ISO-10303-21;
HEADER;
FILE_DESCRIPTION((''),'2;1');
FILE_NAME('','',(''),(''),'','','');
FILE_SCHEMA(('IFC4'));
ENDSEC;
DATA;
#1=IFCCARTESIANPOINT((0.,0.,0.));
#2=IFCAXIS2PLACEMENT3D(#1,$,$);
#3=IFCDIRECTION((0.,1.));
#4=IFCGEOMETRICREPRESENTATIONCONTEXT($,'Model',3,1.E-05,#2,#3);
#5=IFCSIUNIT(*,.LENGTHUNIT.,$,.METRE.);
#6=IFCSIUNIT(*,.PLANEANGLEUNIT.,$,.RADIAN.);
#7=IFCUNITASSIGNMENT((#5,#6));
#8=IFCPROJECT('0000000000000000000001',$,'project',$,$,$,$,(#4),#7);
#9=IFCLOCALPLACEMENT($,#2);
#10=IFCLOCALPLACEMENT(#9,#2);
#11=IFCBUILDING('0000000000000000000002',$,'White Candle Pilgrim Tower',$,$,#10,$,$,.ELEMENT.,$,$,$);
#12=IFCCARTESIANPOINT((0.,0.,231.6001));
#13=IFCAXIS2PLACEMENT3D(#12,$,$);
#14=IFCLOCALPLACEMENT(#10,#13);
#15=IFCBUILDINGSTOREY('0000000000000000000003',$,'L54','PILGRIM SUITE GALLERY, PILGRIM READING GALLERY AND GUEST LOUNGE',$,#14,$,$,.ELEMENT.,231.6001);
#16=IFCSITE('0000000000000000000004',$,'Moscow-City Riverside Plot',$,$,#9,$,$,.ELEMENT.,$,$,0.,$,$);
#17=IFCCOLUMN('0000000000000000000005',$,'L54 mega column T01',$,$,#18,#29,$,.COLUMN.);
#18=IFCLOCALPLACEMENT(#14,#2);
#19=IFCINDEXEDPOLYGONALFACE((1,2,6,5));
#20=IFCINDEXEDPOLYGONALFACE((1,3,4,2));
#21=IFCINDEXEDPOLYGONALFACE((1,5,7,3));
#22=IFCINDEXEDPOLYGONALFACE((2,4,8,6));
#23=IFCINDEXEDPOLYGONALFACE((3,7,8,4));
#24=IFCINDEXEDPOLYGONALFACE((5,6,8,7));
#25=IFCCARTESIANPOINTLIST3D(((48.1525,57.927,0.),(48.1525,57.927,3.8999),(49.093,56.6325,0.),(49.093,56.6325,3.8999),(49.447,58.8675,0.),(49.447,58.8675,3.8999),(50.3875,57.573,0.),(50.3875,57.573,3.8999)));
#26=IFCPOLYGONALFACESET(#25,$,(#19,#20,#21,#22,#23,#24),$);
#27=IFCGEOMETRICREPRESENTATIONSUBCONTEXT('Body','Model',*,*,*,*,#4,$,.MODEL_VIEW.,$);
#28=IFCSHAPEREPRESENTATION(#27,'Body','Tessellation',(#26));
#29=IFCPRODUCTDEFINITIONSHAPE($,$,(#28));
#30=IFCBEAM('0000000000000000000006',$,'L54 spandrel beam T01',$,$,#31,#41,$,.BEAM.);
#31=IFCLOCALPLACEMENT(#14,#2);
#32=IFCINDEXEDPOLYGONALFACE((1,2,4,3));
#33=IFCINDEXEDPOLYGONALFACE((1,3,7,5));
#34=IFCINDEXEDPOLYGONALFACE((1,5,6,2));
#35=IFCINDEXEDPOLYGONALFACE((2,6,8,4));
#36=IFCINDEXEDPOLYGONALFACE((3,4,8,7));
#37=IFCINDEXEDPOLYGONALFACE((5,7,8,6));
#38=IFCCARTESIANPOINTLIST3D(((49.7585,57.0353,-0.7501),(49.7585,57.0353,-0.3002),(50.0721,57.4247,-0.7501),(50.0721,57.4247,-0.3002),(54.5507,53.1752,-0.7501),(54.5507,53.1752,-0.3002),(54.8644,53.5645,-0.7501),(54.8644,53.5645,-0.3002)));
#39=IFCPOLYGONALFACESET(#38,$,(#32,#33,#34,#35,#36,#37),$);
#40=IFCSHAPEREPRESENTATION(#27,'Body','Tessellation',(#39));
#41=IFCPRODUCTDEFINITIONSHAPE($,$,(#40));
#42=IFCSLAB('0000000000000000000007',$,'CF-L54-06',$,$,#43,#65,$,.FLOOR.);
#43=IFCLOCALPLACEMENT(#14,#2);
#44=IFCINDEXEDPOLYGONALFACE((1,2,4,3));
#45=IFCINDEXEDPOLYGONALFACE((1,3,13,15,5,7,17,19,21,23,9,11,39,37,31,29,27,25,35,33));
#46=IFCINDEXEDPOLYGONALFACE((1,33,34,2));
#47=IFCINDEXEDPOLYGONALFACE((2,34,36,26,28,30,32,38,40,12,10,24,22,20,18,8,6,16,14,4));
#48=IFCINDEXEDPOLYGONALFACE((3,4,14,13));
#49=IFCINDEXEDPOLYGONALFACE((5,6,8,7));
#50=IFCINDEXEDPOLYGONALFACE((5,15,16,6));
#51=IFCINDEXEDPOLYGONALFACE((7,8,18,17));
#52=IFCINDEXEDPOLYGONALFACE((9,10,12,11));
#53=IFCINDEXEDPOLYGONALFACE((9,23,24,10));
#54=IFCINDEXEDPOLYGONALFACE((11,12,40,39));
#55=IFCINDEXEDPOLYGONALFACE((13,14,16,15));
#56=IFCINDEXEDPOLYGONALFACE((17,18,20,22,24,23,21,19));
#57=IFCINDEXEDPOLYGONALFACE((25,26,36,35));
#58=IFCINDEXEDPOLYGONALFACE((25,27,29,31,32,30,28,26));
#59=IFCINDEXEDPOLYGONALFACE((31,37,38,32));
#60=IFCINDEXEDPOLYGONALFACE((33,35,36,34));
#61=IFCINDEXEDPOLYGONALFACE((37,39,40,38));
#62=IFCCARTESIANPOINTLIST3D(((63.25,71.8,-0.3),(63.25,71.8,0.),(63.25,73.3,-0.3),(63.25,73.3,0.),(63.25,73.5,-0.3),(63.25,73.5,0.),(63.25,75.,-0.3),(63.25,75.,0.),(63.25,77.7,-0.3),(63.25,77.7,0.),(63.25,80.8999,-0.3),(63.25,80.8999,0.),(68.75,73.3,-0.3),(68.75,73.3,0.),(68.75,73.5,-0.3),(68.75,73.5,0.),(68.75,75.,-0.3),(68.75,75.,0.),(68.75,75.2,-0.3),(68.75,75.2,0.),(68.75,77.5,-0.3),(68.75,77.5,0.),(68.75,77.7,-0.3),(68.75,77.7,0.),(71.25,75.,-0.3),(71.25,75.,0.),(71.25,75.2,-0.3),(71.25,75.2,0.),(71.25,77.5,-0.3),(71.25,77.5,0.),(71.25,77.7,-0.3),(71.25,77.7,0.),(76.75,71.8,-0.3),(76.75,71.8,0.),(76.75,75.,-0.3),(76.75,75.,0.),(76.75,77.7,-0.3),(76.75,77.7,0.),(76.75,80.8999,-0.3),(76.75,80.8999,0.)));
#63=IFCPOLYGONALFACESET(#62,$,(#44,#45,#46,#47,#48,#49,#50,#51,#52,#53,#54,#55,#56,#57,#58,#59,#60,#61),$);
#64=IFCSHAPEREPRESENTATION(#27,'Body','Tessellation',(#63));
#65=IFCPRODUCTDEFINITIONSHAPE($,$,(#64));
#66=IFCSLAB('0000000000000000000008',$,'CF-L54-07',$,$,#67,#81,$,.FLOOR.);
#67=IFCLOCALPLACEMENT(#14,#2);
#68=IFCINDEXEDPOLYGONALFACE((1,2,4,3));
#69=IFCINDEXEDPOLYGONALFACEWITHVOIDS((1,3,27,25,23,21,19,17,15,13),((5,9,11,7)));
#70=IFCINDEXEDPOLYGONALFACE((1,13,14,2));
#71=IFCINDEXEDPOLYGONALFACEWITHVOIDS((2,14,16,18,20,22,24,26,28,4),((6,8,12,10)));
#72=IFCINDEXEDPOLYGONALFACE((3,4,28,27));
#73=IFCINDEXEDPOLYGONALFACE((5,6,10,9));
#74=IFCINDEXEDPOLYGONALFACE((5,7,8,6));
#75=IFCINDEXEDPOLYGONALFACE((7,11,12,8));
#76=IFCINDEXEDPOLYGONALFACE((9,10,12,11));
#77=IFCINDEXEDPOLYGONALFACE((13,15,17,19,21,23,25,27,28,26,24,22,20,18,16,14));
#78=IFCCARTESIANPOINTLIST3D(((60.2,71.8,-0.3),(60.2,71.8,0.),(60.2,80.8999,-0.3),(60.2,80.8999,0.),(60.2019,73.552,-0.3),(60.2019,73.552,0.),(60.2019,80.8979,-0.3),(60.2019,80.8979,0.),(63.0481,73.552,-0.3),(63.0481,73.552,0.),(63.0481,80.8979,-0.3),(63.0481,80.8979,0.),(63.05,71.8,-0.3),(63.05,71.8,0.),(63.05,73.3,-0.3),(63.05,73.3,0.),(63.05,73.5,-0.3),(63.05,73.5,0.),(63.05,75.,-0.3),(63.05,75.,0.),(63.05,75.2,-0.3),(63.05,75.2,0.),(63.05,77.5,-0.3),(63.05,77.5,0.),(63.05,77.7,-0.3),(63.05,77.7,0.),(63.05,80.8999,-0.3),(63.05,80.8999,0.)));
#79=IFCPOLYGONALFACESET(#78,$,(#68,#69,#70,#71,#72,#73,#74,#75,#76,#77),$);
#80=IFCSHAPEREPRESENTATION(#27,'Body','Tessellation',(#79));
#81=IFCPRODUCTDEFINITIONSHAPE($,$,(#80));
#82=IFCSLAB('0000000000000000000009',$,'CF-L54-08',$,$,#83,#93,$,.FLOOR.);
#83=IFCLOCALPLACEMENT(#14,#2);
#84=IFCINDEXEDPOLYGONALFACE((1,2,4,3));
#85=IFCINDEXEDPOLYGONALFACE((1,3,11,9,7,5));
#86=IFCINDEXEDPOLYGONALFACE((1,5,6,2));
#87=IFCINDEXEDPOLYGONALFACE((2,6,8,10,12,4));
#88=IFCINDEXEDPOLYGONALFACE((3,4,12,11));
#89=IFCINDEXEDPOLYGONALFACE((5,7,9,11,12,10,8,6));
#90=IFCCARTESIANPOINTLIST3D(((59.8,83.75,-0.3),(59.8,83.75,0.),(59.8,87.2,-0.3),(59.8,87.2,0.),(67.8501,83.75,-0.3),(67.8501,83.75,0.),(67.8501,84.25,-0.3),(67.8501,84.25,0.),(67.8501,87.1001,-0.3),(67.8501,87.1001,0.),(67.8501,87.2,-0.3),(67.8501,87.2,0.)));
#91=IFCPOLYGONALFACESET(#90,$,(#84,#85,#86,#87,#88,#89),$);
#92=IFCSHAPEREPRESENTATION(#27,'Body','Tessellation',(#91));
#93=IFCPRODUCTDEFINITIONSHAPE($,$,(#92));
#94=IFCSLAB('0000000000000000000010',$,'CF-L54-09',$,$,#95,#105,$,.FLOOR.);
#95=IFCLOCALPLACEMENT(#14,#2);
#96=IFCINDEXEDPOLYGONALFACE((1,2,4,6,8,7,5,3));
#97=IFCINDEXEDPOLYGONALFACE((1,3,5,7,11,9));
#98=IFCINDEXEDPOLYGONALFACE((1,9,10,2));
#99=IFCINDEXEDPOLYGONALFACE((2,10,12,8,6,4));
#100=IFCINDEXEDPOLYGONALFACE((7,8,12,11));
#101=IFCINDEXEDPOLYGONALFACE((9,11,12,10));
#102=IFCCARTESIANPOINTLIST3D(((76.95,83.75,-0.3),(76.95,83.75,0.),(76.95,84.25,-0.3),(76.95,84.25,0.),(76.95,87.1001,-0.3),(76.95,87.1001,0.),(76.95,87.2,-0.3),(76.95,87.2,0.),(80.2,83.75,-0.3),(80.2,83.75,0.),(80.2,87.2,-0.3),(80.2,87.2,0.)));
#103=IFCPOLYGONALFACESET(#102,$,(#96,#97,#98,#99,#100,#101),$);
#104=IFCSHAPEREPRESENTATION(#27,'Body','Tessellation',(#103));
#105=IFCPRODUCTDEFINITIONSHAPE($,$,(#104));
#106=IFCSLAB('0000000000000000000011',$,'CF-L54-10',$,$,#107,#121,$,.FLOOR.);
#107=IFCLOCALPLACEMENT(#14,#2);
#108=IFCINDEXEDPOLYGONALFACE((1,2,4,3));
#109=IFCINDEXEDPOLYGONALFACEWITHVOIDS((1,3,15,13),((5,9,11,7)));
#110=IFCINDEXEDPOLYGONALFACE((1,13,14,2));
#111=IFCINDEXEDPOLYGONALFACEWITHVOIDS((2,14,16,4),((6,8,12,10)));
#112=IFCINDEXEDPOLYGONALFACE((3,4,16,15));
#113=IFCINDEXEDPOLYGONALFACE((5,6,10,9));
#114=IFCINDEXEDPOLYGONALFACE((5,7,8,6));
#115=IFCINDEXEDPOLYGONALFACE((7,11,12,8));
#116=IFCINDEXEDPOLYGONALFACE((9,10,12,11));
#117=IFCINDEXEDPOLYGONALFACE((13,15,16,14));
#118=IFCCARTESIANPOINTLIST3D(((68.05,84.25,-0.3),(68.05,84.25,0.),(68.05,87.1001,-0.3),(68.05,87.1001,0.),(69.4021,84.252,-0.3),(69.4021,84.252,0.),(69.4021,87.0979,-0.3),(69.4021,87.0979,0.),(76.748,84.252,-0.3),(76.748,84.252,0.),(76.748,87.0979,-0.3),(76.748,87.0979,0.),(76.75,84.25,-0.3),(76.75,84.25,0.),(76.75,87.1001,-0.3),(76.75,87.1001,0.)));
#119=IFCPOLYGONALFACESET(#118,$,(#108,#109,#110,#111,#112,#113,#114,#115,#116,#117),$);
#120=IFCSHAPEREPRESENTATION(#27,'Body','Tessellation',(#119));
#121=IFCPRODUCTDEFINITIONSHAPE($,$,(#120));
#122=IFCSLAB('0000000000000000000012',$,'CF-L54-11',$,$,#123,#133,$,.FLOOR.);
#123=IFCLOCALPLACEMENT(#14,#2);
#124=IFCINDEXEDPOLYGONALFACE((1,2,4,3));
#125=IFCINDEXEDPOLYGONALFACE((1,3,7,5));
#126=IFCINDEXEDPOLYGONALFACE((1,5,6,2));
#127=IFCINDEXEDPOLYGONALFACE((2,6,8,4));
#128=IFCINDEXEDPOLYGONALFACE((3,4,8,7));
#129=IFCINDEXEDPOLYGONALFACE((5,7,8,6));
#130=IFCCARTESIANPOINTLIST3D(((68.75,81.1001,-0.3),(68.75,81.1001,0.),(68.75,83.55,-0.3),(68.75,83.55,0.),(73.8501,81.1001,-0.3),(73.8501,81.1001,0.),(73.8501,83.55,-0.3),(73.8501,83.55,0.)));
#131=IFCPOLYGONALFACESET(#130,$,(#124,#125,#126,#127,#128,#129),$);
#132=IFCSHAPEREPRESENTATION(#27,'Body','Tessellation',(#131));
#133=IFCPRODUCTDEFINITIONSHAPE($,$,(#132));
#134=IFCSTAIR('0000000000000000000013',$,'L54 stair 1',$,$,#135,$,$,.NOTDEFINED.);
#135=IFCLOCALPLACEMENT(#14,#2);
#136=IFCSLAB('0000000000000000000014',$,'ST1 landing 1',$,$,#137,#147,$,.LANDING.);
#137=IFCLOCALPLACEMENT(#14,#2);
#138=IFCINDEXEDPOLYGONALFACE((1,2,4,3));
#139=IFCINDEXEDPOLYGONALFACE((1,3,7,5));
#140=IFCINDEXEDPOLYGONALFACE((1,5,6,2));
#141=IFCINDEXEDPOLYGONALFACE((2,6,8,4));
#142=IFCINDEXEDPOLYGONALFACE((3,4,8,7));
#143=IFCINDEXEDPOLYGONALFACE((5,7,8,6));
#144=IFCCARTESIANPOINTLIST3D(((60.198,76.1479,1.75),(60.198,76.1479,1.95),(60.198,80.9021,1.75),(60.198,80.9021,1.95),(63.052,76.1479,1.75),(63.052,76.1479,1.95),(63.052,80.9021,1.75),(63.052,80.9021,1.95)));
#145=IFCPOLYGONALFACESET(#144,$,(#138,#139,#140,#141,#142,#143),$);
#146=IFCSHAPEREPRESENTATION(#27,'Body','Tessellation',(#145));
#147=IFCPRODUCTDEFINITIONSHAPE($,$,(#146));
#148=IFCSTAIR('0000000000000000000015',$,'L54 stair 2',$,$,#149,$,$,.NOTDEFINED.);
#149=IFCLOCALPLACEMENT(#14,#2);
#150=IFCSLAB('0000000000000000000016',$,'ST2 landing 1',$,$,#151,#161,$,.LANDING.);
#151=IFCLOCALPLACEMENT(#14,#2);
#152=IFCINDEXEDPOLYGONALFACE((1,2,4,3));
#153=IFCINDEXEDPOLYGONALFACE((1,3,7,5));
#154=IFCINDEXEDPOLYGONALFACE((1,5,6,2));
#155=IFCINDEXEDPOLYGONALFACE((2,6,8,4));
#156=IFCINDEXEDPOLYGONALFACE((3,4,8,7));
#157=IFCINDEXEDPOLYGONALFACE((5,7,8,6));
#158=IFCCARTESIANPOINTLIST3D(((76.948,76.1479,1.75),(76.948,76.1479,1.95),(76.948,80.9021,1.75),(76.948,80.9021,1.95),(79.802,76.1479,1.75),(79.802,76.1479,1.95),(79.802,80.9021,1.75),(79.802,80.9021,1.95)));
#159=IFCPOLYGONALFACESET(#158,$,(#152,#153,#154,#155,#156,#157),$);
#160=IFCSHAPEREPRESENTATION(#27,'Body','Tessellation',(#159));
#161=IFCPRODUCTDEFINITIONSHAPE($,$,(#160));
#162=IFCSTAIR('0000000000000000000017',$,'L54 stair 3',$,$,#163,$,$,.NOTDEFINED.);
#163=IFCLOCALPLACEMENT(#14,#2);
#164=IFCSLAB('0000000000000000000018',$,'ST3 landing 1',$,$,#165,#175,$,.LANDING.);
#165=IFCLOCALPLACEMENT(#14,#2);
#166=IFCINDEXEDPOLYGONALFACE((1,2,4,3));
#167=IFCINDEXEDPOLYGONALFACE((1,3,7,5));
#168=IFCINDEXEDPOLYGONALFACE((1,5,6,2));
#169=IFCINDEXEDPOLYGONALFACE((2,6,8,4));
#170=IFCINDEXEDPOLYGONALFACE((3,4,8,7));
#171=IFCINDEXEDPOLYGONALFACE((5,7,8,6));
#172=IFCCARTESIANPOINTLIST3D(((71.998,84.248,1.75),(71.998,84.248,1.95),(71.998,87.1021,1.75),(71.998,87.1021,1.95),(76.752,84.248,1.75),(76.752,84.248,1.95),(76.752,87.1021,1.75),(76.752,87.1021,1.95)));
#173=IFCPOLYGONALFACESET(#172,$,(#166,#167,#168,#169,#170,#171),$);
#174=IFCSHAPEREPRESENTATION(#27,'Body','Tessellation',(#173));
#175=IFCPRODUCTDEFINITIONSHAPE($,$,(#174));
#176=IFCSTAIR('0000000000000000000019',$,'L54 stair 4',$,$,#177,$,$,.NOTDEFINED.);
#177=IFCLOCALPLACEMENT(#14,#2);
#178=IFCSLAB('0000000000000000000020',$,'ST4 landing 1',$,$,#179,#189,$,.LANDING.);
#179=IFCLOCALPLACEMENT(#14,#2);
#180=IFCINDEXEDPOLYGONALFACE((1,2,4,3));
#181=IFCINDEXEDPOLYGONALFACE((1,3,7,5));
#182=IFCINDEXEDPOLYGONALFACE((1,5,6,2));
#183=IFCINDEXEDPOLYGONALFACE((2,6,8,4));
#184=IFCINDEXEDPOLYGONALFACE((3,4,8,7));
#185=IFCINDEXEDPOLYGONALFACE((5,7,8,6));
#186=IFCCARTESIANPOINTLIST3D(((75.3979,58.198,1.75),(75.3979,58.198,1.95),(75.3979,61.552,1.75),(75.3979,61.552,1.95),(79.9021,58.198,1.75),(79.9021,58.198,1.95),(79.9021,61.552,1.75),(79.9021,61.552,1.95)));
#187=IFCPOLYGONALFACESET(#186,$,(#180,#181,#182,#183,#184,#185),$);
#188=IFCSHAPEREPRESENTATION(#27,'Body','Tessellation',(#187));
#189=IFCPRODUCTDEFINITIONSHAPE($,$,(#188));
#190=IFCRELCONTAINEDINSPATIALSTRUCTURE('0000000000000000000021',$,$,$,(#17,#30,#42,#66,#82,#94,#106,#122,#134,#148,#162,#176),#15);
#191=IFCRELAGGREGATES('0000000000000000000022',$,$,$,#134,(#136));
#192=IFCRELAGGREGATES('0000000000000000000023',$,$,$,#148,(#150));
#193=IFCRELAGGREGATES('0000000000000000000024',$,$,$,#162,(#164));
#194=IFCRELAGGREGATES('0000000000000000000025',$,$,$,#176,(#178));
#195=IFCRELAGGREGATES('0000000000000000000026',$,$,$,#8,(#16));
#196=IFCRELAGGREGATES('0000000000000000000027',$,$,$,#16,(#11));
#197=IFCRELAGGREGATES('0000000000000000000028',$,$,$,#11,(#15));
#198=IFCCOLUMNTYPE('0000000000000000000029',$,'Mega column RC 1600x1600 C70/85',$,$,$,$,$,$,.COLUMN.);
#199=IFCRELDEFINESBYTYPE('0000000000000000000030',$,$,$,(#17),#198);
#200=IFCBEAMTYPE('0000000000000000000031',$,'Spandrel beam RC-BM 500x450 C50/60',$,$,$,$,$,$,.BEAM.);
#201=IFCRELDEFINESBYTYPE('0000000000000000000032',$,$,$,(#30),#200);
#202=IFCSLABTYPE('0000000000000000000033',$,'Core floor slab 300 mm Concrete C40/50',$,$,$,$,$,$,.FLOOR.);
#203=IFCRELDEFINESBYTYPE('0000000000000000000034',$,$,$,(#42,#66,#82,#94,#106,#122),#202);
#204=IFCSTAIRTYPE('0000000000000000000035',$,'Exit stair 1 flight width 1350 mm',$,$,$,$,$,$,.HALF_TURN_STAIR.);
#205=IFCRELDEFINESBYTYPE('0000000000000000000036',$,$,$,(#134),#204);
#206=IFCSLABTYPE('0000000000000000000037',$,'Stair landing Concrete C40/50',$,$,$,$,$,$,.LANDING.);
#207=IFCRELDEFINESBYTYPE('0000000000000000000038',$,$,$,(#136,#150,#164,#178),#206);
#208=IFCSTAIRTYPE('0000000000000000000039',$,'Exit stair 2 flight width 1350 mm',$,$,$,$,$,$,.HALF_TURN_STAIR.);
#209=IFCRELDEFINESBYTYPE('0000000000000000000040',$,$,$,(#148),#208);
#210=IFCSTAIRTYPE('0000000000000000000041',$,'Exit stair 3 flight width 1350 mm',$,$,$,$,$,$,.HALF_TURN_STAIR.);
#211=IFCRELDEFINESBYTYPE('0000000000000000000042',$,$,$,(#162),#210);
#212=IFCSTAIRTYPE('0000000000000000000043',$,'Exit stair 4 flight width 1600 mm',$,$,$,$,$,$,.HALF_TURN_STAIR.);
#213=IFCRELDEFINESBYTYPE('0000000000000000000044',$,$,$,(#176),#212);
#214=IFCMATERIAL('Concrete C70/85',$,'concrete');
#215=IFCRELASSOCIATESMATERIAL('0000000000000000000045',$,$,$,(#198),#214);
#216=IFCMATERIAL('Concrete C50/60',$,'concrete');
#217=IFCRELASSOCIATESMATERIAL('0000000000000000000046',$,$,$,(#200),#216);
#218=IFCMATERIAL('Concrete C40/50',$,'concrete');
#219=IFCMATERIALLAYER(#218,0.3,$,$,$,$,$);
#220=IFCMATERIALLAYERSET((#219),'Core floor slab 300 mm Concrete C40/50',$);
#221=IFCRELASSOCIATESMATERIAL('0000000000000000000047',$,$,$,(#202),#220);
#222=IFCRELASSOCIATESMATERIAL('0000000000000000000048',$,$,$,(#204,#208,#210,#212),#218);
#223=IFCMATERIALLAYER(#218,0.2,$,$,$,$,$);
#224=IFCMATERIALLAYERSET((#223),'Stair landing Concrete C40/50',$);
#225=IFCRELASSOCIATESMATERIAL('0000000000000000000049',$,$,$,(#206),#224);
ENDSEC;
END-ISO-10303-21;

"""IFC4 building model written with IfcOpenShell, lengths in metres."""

from ifc_helpers import new_model, si_unit, direction, frame, origin, origin_2d, place, context, subcontext, project, spatial, polyline, rectangle, outline, extrude, material, layer, layer_set, material_profile, profile_set, type_object, element, aggregate, save


model = new_model("IFC4")

# Units and contexts
model_context = context("Model", 3, precision=1e-05, world=origin(), true_north=direction((0.0, 1.0)))
body_context = subcontext(model_context, "Body", "Model", "MODEL_VIEW")
ifc_project = project(units=[si_unit("LENGTHUNIT", "METRE"), si_unit("PLANEANGLEUNIT", "RADIAN")], contexts=[model_context])

# Site, building, storey
site_placement = place(None, origin())
site = spatial("IfcSite", under=ifc_project, at=site_placement, Name="Moscow-City Riverside Plot", CompositionType="ELEMENT", RefElevation=0.0)
building_placement = place(site_placement, origin())
building = spatial("IfcBuilding", under=site, at=building_placement, Name="White Candle Pilgrim Tower", CompositionType="ELEMENT")
storey_placement = place(building_placement, frame((0.0, 0.0, 231.6001)))
storey = spatial("IfcBuildingStorey", under=building, at=storey_placement, Name="L54", Description="PILGRIM SUITE GALLERY, PILGRIM READING GALLERY AND GUEST LOUNGE", CompositionType="ELEMENT", Elevation=231.6001)

# Column
ifc_material_1 = material(Name="Concrete C70/85", Category="concrete")
ifc_material_profile_1 = material_profile(ifc_material_1, rectangle(XDim=1.6001, YDim=1.6001, at=origin_2d()), Name="RC 1600x1600")
ifc_profile_set_1 = profile_set([ifc_material_profile_1], Name="Concrete C70/85")
column_type = type_object("IfcColumnType", Name="Mega column RC 1600x1600 C70/85", PredefinedType="COLUMN", material=ifc_profile_set_1)
column_placement = place(storey_placement, frame((49.27, 57.75, 0.0), z_axis=(0.0, 0.0, 1.0), x_axis=(-0.809017, -0.587785, 0.0)))
element("IfcColumn", 1, at=column_placement, inside=storey, type_object=column_type, Name="L54 mega column T01", PredefinedType="COLUMN", context=body_context, shape_type="SweptSolid", body=[
    extrude(rectangle(XDim=1.6001, YDim=1.6001, at=origin_2d()), origin(), (0.0, 0.0, 1.0), 3.8999),
])

# Beam
ifc_material_2 = material(Name="Concrete C50/60", Category="concrete")
ifc_material_profile_2 = material_profile(ifc_material_2, rectangle(XDim=0.5, YDim=0.45, at=origin_2d()), Name="RC-BM 500x450")
ifc_profile_set_2 = profile_set([ifc_material_profile_2], Name="Concrete C50/60")
beam_type = type_object("IfcBeamType", Name="Spandrel beam RC-BM 500x450 C50/60", PredefinedType="BEAM", material=ifc_profile_set_2)
beam_placement = place(storey_placement, frame((49.9153, 57.23, -0.5251), z_axis=(0.778778, -0.627299, 0.0), x_axis=(0.627299, 0.778778, 0.0)))
element("IfcBeam", 2, at=beam_placement, inside=storey, type_object=beam_type, Name="L54 spandrel beam T01", PredefinedType="BEAM", context=body_context, shape_type="SweptSolid", body=[
    extrude(rectangle(XDim=0.5, YDim=0.45, at=origin_2d()), origin(), (0.0, 0.0, 1.0), 6.1536),
])

# Slabs
ifc_material_3 = material(Name="Concrete C40/50", Category="concrete")
ifc_layer_1 = layer(ifc_material_3, 0.3)
ifc_layer_set_1 = layer_set([ifc_layer_1], Name="Core floor slab 300 mm Concrete C40/50")
slab_type_1 = type_object("IfcSlabType", Name="Core floor slab 300 mm Concrete C40/50", PredefinedType="FLOOR", material=ifc_layer_set_1)
slab_1_placement = place(storey_placement, frame((0.0, 0.0, -0.3)))
element("IfcSlab", 3, at=slab_1_placement, inside=storey, type_object=slab_type_1, Name="CF-L54-06", PredefinedType="FLOOR", context=body_context, shape_type="SweptSolid", body=[
    extrude(outline(polyline([(63.25, 71.8), (63.25, 73.3), (68.75, 73.3), (68.75, 73.5), (63.25, 73.5), (63.25, 75.0), (68.75, 75.0), (68.75, 75.2), (68.75, 77.5), (68.75, 77.7), (63.25, 77.7), (63.25, 80.8999), (76.75, 80.8999), (76.75, 77.7), (71.25, 77.7), (71.25, 77.5), (71.25, 75.2), (71.25, 75.0), (76.75, 75.0), (76.75, 71.8), (63.25, 71.8)])), origin(), (0.0, 0.0, 1.0), 0.3),
])
slab_2_placement = place(storey_placement, frame((0.0, 0.0, -0.3)))
element("IfcSlab", 4, at=slab_2_placement, inside=storey, type_object=slab_type_1, Name="CF-L54-07", PredefinedType="FLOOR", context=body_context, shape_type="SweptSolid", body=[
    extrude(outline(polyline([(60.2, 71.8), (60.2, 80.8999), (63.05, 80.8999), (63.05, 77.7), (63.05, 77.5), (63.05, 75.2), (63.05, 75.0), (63.05, 73.5), (63.05, 73.3), (63.05, 71.8), (60.2, 71.8)]), holes=[polyline([(60.2019, 73.552), (63.0481, 73.552), (63.0481, 80.8979), (60.2019, 80.8979), (60.2019, 73.552)])]), origin(), (0.0, 0.0, 1.0), 0.3),
])
slab_3_placement = place(storey_placement, frame((0.0, 0.0, -0.3)))
element("IfcSlab", 5, at=slab_3_placement, inside=storey, type_object=slab_type_1, Name="CF-L54-08", PredefinedType="FLOOR", context=body_context, shape_type="SweptSolid", body=[
    extrude(outline(polyline([(59.8, 87.2), (67.8501, 87.2), (67.8501, 87.1001), (67.8501, 84.25), (67.8501, 83.75), (59.8, 83.75), (59.8, 87.2)])), origin(), (0.0, 0.0, 1.0), 0.3),
])
slab_4_placement = place(storey_placement, frame((0.0, 0.0, -0.3)))
element("IfcSlab", 6, at=slab_4_placement, inside=storey, type_object=slab_type_1, Name="CF-L54-09", PredefinedType="FLOOR", context=body_context, shape_type="SweptSolid", body=[
    extrude(outline(polyline([(80.2, 87.2), (80.2, 83.75), (76.95, 83.75), (76.95, 84.25), (76.95, 87.1001), (76.95, 87.2), (80.2, 87.2)])), origin(), (0.0, 0.0, 1.0), 0.3),
])
slab_5_placement = place(storey_placement, frame((0.0, 0.0, -0.3)))
element("IfcSlab", 7, at=slab_5_placement, inside=storey, type_object=slab_type_1, Name="CF-L54-10", PredefinedType="FLOOR", context=body_context, shape_type="SweptSolid", body=[
    extrude(outline(polyline([(68.05, 87.1001), (76.75, 87.1001), (76.75, 84.25), (68.05, 84.25), (68.05, 87.1001)]), holes=[polyline([(69.4021, 87.0979), (69.4021, 84.252), (76.748, 84.252), (76.748, 87.0979), (69.4021, 87.0979)])]), origin(), (0.0, 0.0, 1.0), 0.3),
])
slab_6_placement = place(storey_placement, frame((0.0, 0.0, -0.3)))
element("IfcSlab", 8, at=slab_6_placement, inside=storey, type_object=slab_type_1, Name="CF-L54-11", PredefinedType="FLOOR", context=body_context, shape_type="SweptSolid", body=[
    extrude(outline(polyline([(73.8501, 83.55), (73.8501, 81.1001), (68.75, 81.1001), (68.75, 83.55), (73.8501, 83.55)])), origin(), (0.0, 0.0, 1.0), 0.3),
])

# Stairs, slabs
stair_type_1 = type_object("IfcStairType", Name="Exit stair 1 flight width 1350 mm", PredefinedType="HALF_TURN_STAIR", material=ifc_material_3)
stair_1_placement = place(storey_placement, origin())
stair_1 = element("IfcStair", 9, at=stair_1_placement, inside=storey, type_object=stair_type_1, Name="L54 stair 1", PredefinedType="NOTDEFINED")
ifc_layer_2 = layer(ifc_material_3, 0.2)
ifc_layer_set_2 = layer_set([ifc_layer_2], Name="Stair landing Concrete C40/50")
slab_type_2 = type_object("IfcSlabType", Name="Stair landing Concrete C40/50", PredefinedType="LANDING", material=ifc_layer_set_2)
slab_7_placement = place(storey_placement, frame((0.0, 0.0, 1.75)))
slab_7 = element("IfcSlab", 10, at=slab_7_placement, type_object=slab_type_2, Name="ST1 landing 1", PredefinedType="LANDING", context=body_context, shape_type="SweptSolid", body=[
    extrude(outline(polyline([(63.052, 76.1479), (60.198, 76.1479), (60.198, 80.9021), (63.052, 80.9021), (63.052, 76.1479)])), origin(), (0.0, 0.0, 1.0), 0.2),
])
aggregate(stair_1, [slab_7])
stair_type_2 = type_object("IfcStairType", Name="Exit stair 2 flight width 1350 mm", PredefinedType="HALF_TURN_STAIR", material=ifc_material_3)
stair_2_placement = place(storey_placement, origin())
stair_2 = element("IfcStair", 11, at=stair_2_placement, inside=storey, type_object=stair_type_2, Name="L54 stair 2", PredefinedType="NOTDEFINED")
slab_8_placement = place(storey_placement, frame((0.0, 0.0, 1.75)))
slab_8 = element("IfcSlab", 12, at=slab_8_placement, type_object=slab_type_2, Name="ST2 landing 1", PredefinedType="LANDING", context=body_context, shape_type="SweptSolid", body=[
    extrude(outline(polyline([(79.802, 76.1479), (76.948, 76.1479), (76.948, 80.9021), (79.802, 80.9021), (79.802, 76.1479)])), origin(), (0.0, 0.0, 1.0), 0.2),
])
aggregate(stair_2, [slab_8])
stair_type_3 = type_object("IfcStairType", Name="Exit stair 3 flight width 1350 mm", PredefinedType="HALF_TURN_STAIR", material=ifc_material_3)
stair_3_placement = place(storey_placement, origin())
stair_3 = element("IfcStair", 13, at=stair_3_placement, inside=storey, type_object=stair_type_3, Name="L54 stair 3", PredefinedType="NOTDEFINED")
slab_9_placement = place(storey_placement, frame((0.0, 0.0, 1.75)))
slab_9 = element("IfcSlab", 14, at=slab_9_placement, type_object=slab_type_2, Name="ST3 landing 1", PredefinedType="LANDING", context=body_context, shape_type="SweptSolid", body=[
    extrude(outline(polyline([(71.998, 84.248), (71.998, 87.1021), (76.752, 87.1021), (76.752, 84.248), (71.998, 84.248)])), origin(), (0.0, 0.0, 1.0), 0.2),
])
aggregate(stair_3, [slab_9])
stair_type_4 = type_object("IfcStairType", Name="Exit stair 4 flight width 1600 mm", PredefinedType="HALF_TURN_STAIR", material=ifc_material_3)
stair_4_placement = place(storey_placement, origin())
stair_4 = element("IfcStair", 15, at=stair_4_placement, inside=storey, type_object=stair_type_4, Name="L54 stair 4", PredefinedType="NOTDEFINED")
slab_10_placement = place(storey_placement, frame((0.0, 0.0, 1.75)))
slab_10 = element("IfcSlab", 16, at=slab_10_placement, type_object=slab_type_2, Name="ST4 landing 1", PredefinedType="LANDING", context=body_context, shape_type="SweptSolid", body=[
    extrude(outline(polyline([(79.9021, 61.552), (79.9021, 58.198), (75.3979, 58.198), (75.3979, 61.552), (79.9021, 61.552)])), origin(), (0.0, 0.0, 1.0), 0.2),
])
aggregate(stair_4, [slab_10])

save(model, "model.ifc")
